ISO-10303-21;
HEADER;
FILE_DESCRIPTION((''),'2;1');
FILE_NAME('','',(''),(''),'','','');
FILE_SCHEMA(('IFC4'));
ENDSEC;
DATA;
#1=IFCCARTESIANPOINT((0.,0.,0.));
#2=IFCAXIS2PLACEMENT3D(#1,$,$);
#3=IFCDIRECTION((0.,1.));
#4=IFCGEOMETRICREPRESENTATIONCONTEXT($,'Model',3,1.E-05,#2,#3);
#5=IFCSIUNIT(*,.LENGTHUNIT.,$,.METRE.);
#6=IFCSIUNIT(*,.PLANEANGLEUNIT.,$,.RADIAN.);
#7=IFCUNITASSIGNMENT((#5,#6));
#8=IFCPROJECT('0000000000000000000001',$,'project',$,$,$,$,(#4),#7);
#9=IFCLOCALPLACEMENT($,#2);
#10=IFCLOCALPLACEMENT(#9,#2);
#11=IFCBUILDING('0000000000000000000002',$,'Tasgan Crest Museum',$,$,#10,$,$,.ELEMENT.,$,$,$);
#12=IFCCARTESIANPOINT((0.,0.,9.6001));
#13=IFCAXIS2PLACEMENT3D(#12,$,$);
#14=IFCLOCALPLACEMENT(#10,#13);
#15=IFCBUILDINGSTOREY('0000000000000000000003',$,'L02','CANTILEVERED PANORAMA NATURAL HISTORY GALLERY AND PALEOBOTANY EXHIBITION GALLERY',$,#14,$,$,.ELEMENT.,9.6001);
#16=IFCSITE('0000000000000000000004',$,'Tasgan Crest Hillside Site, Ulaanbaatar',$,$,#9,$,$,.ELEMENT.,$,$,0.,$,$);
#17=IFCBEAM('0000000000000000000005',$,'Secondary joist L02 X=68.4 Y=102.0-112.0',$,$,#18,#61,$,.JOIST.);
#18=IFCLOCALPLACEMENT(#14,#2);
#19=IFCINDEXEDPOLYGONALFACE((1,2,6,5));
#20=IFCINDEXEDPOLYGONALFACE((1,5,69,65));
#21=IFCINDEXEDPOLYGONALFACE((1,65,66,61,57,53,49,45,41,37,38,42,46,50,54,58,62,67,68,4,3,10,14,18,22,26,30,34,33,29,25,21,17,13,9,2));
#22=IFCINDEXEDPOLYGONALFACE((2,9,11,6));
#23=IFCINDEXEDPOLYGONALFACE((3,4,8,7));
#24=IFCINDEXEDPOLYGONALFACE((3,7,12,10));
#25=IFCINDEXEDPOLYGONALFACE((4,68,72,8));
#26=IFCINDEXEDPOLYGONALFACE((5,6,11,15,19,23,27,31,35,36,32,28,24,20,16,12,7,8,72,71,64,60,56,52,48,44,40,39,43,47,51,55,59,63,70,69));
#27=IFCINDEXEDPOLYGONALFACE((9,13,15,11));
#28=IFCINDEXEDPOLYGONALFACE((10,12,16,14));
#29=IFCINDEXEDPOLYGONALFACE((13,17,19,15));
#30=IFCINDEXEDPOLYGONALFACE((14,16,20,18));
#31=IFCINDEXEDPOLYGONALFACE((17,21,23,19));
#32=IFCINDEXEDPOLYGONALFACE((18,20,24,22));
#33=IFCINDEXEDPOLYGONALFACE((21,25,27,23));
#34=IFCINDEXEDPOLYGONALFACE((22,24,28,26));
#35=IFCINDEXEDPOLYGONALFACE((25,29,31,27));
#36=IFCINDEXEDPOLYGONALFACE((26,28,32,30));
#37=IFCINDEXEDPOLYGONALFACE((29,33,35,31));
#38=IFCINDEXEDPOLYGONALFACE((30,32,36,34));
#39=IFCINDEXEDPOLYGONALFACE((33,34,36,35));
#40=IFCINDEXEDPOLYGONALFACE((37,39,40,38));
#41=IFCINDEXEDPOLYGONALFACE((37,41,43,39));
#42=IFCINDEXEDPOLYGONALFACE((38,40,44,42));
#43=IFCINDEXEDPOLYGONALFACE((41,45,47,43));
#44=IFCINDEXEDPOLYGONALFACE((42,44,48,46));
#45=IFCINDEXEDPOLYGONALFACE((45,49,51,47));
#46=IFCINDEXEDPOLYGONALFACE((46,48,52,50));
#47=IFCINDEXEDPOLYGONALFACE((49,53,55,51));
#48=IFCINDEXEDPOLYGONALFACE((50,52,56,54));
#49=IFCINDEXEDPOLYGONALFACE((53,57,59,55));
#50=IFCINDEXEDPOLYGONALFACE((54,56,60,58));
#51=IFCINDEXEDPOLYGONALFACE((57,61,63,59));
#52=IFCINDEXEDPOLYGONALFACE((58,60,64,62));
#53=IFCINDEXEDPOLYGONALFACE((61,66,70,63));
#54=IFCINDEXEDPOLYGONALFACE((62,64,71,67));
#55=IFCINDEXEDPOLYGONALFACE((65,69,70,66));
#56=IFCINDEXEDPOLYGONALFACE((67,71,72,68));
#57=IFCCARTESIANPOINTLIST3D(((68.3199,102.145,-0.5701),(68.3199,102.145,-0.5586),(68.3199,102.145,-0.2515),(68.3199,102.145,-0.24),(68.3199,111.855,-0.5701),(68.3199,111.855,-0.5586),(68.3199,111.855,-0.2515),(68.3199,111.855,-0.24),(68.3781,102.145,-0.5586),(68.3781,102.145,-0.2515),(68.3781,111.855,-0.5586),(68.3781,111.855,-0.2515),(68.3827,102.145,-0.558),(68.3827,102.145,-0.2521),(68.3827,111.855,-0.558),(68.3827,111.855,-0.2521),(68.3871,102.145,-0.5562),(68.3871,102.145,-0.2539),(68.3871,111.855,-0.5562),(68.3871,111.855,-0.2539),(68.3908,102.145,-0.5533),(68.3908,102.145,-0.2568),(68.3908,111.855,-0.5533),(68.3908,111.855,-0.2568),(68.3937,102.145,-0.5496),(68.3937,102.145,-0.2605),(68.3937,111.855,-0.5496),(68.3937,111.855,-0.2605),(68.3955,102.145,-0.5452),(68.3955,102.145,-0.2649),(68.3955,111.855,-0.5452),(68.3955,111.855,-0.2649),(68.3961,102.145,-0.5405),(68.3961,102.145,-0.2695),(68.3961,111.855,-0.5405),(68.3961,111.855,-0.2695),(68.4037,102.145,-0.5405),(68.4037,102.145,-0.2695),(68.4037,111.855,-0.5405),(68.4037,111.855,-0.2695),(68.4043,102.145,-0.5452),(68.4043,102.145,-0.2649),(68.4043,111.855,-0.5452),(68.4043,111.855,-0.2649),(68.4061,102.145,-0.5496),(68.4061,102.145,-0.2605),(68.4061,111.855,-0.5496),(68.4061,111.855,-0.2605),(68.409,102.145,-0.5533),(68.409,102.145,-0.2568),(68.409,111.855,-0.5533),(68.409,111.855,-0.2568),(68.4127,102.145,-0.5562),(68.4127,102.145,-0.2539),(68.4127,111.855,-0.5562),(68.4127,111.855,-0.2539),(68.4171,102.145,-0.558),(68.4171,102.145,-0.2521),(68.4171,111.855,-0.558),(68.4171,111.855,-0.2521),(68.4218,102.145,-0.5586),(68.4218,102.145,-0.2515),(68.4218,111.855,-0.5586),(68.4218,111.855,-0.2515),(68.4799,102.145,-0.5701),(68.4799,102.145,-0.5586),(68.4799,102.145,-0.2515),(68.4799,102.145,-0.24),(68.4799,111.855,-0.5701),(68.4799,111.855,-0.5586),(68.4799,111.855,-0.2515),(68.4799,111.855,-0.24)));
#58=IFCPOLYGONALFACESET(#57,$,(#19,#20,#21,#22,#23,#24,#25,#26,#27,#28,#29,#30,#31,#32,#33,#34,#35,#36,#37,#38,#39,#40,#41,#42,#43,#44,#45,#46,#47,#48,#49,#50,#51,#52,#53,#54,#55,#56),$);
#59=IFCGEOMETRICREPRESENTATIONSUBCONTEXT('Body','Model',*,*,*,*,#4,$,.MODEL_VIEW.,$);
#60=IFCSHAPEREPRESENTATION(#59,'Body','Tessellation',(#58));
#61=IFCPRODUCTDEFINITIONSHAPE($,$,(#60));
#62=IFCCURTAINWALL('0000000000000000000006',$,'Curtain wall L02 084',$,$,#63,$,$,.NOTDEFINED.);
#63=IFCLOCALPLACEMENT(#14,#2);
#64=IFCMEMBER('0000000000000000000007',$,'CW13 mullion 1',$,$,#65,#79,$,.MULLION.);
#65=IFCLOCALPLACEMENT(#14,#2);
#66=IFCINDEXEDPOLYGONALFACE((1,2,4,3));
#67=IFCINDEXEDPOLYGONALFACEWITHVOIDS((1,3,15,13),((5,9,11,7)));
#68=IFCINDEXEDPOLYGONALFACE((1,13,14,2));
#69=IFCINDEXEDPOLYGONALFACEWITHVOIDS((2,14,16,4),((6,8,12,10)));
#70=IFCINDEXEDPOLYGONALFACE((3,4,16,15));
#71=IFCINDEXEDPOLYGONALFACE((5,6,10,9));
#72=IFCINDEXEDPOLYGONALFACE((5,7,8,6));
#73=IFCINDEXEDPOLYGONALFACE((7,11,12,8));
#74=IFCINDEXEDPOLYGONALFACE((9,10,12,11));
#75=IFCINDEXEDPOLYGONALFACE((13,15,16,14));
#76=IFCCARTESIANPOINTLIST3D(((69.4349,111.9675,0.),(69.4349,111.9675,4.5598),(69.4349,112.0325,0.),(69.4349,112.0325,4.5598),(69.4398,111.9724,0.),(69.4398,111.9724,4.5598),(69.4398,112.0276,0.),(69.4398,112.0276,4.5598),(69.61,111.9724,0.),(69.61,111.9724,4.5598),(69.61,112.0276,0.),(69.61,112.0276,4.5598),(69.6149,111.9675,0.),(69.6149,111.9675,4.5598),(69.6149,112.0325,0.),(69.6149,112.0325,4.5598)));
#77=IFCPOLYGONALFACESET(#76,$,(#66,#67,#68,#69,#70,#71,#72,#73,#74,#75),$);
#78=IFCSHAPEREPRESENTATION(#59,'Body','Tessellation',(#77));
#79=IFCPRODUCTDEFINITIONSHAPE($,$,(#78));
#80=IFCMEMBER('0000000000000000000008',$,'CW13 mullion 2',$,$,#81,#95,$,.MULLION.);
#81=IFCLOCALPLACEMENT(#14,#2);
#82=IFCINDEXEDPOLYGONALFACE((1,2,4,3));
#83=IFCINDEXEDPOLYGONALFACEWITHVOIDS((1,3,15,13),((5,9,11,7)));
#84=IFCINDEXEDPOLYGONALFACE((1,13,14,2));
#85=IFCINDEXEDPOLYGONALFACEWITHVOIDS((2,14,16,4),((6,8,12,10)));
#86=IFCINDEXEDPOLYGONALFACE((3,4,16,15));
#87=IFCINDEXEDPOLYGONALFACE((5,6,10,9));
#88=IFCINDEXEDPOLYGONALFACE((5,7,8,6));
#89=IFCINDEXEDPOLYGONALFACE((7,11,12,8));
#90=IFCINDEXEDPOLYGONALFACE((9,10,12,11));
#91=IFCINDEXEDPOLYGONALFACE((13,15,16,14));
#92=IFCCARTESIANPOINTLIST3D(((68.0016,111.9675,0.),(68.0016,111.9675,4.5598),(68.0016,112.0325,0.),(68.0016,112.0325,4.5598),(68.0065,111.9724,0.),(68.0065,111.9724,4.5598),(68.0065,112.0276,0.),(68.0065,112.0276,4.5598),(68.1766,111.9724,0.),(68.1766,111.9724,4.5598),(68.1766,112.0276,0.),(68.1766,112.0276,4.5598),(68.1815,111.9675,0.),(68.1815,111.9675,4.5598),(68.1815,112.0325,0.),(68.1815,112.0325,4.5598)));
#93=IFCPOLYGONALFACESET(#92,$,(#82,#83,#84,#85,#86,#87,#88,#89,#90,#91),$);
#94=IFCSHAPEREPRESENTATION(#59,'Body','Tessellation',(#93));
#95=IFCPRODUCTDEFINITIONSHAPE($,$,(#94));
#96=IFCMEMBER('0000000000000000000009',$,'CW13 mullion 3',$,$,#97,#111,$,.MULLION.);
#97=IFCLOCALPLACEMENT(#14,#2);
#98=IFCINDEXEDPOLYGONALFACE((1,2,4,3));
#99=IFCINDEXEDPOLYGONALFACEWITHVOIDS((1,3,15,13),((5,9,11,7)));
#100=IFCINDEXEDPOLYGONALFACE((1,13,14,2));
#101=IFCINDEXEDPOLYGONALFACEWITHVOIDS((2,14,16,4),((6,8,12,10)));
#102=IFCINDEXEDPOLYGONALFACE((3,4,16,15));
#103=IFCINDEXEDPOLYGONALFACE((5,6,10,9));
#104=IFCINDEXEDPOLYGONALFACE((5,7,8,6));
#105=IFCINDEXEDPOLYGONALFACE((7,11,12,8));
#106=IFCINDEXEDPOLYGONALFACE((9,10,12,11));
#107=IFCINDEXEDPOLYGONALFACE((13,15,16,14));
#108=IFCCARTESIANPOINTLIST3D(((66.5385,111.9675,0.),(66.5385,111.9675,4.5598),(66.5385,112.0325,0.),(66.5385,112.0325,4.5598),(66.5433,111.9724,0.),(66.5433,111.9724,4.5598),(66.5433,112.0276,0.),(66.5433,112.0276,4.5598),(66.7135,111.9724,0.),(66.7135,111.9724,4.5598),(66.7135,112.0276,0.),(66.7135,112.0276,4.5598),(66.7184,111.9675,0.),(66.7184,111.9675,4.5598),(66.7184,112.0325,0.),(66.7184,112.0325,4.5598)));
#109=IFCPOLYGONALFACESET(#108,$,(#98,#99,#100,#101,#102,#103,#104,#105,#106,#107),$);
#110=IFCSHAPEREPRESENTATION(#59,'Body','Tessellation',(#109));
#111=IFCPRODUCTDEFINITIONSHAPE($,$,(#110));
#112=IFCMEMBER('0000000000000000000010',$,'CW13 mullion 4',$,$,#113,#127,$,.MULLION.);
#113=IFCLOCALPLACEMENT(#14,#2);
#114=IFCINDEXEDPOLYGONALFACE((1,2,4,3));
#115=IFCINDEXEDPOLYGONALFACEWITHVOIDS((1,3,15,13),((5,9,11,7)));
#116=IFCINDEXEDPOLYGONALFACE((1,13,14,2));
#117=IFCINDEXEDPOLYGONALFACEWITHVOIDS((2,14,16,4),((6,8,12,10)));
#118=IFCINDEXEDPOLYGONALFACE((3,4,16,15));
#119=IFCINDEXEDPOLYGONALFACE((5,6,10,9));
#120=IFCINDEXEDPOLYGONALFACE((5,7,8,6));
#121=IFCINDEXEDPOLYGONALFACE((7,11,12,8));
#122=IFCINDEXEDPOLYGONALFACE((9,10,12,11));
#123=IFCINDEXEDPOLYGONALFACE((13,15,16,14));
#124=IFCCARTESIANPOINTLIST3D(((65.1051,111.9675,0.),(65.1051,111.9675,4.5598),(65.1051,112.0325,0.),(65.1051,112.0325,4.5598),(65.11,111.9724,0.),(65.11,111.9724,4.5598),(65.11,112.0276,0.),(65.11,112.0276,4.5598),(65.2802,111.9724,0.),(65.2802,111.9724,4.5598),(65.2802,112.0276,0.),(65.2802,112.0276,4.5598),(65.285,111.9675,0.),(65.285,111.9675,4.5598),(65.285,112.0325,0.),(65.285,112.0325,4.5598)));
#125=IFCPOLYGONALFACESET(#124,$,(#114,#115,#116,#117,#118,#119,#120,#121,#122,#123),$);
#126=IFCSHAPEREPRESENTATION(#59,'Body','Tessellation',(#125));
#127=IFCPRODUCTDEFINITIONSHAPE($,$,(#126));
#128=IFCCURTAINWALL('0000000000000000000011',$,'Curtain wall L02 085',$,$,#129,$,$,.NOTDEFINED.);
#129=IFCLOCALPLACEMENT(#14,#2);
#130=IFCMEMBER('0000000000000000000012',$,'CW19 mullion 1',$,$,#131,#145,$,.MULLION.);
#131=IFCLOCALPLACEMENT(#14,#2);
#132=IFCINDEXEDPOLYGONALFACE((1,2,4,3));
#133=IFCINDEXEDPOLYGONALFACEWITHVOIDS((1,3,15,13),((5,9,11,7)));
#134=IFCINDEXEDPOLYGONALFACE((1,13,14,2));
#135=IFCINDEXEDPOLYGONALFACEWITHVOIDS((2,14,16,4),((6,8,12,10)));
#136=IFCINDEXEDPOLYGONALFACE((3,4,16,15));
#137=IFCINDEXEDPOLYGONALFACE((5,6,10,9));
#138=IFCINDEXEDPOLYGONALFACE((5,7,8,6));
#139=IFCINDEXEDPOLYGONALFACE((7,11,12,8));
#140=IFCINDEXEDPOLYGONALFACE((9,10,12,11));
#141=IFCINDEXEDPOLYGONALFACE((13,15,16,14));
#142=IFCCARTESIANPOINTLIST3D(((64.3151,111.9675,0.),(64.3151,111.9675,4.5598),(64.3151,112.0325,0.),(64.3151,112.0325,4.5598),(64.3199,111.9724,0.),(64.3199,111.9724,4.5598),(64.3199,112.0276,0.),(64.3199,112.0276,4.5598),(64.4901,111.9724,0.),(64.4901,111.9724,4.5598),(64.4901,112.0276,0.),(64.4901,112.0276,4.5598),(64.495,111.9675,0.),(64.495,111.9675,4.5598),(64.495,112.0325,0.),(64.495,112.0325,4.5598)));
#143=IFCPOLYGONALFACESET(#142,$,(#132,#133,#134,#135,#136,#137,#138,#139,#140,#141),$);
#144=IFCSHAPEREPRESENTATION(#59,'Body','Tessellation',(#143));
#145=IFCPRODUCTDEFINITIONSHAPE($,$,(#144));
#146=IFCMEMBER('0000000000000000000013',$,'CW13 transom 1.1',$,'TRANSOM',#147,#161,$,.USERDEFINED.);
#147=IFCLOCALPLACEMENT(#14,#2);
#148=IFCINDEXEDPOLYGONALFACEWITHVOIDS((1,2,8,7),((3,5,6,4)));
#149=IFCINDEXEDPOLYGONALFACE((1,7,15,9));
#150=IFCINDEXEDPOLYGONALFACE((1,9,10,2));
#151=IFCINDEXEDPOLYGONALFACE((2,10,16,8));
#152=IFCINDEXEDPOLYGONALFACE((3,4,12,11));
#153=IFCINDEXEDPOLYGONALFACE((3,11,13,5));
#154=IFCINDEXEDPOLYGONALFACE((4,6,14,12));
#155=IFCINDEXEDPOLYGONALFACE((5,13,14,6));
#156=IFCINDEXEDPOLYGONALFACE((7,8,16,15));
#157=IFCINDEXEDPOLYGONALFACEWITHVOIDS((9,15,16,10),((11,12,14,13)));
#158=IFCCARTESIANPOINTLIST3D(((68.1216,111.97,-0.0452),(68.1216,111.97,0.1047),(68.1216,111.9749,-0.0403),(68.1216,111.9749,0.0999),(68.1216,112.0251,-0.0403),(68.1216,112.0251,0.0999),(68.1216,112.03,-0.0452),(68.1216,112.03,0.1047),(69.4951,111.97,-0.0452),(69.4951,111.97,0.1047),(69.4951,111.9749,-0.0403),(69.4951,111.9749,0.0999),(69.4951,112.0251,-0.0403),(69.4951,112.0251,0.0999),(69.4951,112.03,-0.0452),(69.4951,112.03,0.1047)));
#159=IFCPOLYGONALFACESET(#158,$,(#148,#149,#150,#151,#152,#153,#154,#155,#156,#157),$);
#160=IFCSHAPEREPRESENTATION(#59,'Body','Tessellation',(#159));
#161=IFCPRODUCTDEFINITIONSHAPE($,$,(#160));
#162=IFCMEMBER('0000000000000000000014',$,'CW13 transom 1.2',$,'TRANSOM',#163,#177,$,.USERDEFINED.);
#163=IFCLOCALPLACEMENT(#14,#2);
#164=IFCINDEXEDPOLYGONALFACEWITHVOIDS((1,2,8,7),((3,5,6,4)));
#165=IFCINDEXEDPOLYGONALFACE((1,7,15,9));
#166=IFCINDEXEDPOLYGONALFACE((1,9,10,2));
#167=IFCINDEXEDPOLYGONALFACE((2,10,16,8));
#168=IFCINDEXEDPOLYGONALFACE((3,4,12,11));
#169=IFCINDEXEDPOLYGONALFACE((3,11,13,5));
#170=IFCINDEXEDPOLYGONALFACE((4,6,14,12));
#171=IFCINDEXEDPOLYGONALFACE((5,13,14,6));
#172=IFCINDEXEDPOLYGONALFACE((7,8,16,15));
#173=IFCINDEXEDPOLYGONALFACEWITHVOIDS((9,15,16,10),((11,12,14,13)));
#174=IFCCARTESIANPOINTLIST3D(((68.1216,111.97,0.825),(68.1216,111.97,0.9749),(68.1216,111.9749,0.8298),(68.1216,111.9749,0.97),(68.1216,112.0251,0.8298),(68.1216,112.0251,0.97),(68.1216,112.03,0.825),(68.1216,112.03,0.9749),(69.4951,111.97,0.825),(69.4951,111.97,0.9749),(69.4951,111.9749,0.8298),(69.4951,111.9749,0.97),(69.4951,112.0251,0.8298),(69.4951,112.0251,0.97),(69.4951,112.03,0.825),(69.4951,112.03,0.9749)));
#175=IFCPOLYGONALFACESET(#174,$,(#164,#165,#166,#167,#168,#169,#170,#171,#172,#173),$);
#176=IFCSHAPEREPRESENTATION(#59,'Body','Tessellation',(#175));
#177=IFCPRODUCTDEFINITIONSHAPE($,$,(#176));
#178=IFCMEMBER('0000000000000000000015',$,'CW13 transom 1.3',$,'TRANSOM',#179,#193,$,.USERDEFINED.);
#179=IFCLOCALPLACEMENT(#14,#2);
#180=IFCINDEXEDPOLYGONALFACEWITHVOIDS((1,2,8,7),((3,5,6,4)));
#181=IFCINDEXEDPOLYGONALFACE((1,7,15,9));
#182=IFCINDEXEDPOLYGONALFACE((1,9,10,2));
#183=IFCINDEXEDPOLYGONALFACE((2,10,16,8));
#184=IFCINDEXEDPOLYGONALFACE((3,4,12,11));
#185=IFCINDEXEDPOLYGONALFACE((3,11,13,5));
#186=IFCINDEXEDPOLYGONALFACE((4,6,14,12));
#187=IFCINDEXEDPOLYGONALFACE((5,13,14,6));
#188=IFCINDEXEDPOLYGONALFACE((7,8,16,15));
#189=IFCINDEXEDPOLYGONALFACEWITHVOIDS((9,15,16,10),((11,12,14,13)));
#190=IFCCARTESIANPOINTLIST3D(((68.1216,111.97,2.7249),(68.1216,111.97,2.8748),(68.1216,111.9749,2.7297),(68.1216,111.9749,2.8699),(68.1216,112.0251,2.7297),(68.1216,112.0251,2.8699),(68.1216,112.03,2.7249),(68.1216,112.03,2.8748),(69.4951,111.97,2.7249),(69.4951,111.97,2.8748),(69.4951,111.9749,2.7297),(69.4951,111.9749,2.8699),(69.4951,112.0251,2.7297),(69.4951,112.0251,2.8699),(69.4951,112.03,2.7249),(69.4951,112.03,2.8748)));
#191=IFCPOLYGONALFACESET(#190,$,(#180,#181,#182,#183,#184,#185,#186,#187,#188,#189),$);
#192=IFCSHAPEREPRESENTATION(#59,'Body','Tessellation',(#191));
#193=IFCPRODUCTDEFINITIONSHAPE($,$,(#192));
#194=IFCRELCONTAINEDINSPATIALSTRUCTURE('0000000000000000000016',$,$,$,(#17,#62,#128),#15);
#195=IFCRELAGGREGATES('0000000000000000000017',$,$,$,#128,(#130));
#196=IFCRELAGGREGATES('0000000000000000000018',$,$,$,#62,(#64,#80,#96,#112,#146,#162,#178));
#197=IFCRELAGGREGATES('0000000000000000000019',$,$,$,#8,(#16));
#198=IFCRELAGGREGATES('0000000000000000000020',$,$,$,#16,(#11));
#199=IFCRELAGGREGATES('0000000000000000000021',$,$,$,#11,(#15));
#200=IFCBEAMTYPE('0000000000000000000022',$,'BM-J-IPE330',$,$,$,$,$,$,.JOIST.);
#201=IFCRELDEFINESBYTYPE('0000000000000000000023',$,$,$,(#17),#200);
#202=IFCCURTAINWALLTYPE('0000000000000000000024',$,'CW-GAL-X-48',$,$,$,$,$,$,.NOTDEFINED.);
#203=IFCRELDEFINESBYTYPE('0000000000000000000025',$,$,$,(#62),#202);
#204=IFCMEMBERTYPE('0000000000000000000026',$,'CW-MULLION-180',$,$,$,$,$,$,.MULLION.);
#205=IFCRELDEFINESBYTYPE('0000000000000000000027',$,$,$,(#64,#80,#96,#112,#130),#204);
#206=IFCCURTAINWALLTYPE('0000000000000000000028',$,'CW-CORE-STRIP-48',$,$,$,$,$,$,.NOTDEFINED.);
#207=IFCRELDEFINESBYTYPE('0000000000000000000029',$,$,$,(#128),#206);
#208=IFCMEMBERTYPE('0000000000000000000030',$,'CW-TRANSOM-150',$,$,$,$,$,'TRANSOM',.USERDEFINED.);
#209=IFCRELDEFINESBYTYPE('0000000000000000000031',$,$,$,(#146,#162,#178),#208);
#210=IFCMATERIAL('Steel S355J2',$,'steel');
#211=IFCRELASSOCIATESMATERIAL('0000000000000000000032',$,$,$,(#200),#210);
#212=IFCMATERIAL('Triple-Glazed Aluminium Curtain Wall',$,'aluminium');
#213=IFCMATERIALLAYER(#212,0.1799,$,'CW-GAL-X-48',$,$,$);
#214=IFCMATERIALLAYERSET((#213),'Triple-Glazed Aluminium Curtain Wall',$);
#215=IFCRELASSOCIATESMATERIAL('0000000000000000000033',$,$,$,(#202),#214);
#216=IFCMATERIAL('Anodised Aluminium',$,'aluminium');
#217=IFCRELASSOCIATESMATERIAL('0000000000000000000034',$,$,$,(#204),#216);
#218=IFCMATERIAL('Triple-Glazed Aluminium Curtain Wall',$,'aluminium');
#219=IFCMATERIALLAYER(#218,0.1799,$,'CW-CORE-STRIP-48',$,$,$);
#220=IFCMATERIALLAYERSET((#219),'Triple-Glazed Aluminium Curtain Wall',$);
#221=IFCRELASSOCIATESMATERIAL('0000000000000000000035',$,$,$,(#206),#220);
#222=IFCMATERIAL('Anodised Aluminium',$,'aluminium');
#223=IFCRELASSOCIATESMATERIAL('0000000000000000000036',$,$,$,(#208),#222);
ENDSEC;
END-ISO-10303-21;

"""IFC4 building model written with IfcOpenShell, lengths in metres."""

from ifc_helpers import new_model, si_unit, direction, frame, origin, origin_2d, place, context, subcontext, project, spatial, hollow_rectangle, i_section, extrude, material, layer, layer_set, material_profile, profile_set, type_object, element, aggregate, save


model = new_model("IFC4")

# Units and contexts
model_context = context("Model", 3, precision=1e-05, world=origin(), true_north=direction((0.0, 1.0)))
body_context = subcontext(model_context, "Body", "Model", "MODEL_VIEW")
ifc_project = project(units=[si_unit("LENGTHUNIT", "METRE"), si_unit("PLANEANGLEUNIT", "RADIAN")], contexts=[model_context])

# Site, building, storey
site_placement = place(None, origin())
site = spatial("IfcSite", under=ifc_project, at=site_placement, Name="Tasgan Crest Hillside Site, Ulaanbaatar", CompositionType="ELEMENT", RefElevation=0.0)
building_placement = place(site_placement, origin())
building = spatial("IfcBuilding", under=site, at=building_placement, Name="Tasgan Crest Museum", CompositionType="ELEMENT")
storey_placement = place(building_placement, frame((0.0, 0.0, 9.6001)))
storey = spatial("IfcBuildingStorey", under=building, at=storey_placement, Name="L02", Description="CANTILEVERED PANORAMA NATURAL HISTORY GALLERY AND PALEOBOTANY EXHIBITION GALLERY", CompositionType="ELEMENT", Elevation=9.6001)

# Beam
ifc_material_1 = material(Name="Steel S355J2", Category="steel")
ifc_material_profile_1 = material_profile(ifc_material_1, i_section(OverallWidth=0.1599, OverallDepth=0.3301, WebThickness=0.0076, FlangeThickness=0.0115, FilletRadius=0.0181, at=origin_2d()), Name="IPE 330")
ifc_profile_set_1 = profile_set([ifc_material_profile_1], Name="Steel S355J2")
beam_type_1 = type_object("IfcBeamType", Name="BM-J-IPE330", PredefinedType="JOIST", material=ifc_profile_set_1)
beam_1_placement = place(storey_placement, frame((68.3999, 102.145, -0.405), z_axis=(0.0, 1.0, 0.0), x_axis=(-1.0, 0.0, 0.0)))
element("IfcBeam", 1, at=beam_1_placement, inside=storey, type_object=beam_type_1, Name="Secondary joist L02 X=68.4 Y=102.0-112.0", PredefinedType="JOIST", context=body_context, shape_type="SweptSolid", body=[
    extrude(i_section(OverallWidth=0.1599, OverallDepth=0.3301, WebThickness=0.0076, FlangeThickness=0.0115, FilletRadius=0.0181, at=origin_2d()), origin(), (0.0, 0.0, 1.0), 9.71),
])

# Curtain wall, members
ifc_material_2 = material(Name="Triple-Glazed Aluminium Curtain Wall", Category="aluminium")
ifc_layer_1 = layer(ifc_material_2, 0.1799, Name="CW-GAL-X-48")
ifc_layer_set_1 = layer_set([ifc_layer_1], Name="Triple-Glazed Aluminium Curtain Wall")
curtain_wall_type_1 = type_object("IfcCurtainWallType", Name="CW-GAL-X-48", PredefinedType="NOTDEFINED", material=ifc_layer_set_1)
curtain_wall_1_placement = place(storey_placement, origin())
curtain_wall_1 = element("IfcCurtainWall", 2, at=curtain_wall_1_placement, inside=storey, type_object=curtain_wall_type_1, Name="Curtain wall L02 084", PredefinedType="NOTDEFINED")
ifc_material_3 = material(Name="Anodised Aluminium", Category="aluminium")
ifc_material_profile_2 = material_profile(ifc_material_3, hollow_rectangle(XDim=0.0649, YDim=0.1799, WallThickness=0.0049, at=origin_2d()), Name="ALU MULLION 180x65x5")
ifc_profile_set_2 = profile_set([ifc_material_profile_2], Name="Anodised Aluminium")
member_type_1 = type_object("IfcMemberType", Name="CW-MULLION-180", PredefinedType="MULLION", material=ifc_profile_set_2)
member_1_placement = place(storey_placement, frame((69.5249, 112.0, 0.0), z_axis=(0.0, 0.0, 1.0), x_axis=(0.0, -1.0, 0.0)))
member_1 = element("IfcMember", 3, at=member_1_placement, type_object=member_type_1, Name="CW13 mullion 1", PredefinedType="MULLION", context=body_context, shape_type="SweptSolid", body=[
    extrude(hollow_rectangle(XDim=0.0649, YDim=0.1799, WallThickness=0.0049, at=origin_2d()), origin(), (0.0, 0.0, 1.0), 4.5598),
])
member_2_placement = place(storey_placement, frame((68.0916, 112.0, 0.0), z_axis=(0.0, 0.0, 1.0), x_axis=(0.0, -1.0, 0.0)))
member_2 = element("IfcMember", 4, at=member_2_placement, type_object=member_type_1, Name="CW13 mullion 2", PredefinedType="MULLION", context=body_context, shape_type="SweptSolid", body=[
    extrude(hollow_rectangle(XDim=0.0649, YDim=0.1799, WallThickness=0.0049, at=origin_2d()), origin(), (0.0, 0.0, 1.0), 4.5598),
])
member_3_placement = place(storey_placement, frame((66.6284, 112.0, 0.0), z_axis=(0.0, 0.0, 1.0), x_axis=(0.0, -1.0, 0.0)))
member_3 = element("IfcMember", 5, at=member_3_placement, type_object=member_type_1, Name="CW13 mullion 3", PredefinedType="MULLION", context=body_context, shape_type="SweptSolid", body=[
    extrude(hollow_rectangle(XDim=0.0649, YDim=0.1799, WallThickness=0.0049, at=origin_2d()), origin(), (0.0, 0.0, 1.0), 4.5598),
])
member_4_placement = place(storey_placement, frame((65.1951, 112.0, 0.0), z_axis=(0.0, 0.0, 1.0), x_axis=(0.0, -1.0, 0.0)))
member_4 = element("IfcMember", 6, at=member_4_placement, type_object=member_type_1, Name="CW13 mullion 4", PredefinedType="MULLION", context=body_context, shape_type="SweptSolid", body=[
    extrude(hollow_rectangle(XDim=0.0649, YDim=0.1799, WallThickness=0.0049, at=origin_2d()), origin(), (0.0, 0.0, 1.0), 4.5598),
])

# Curtain wall, member
ifc_material_4 = material(Name="Triple-Glazed Aluminium Curtain Wall", Category="aluminium")
ifc_layer_2 = layer(ifc_material_4, 0.1799, Name="CW-CORE-STRIP-48")
ifc_layer_set_2 = layer_set([ifc_layer_2], Name="Triple-Glazed Aluminium Curtain Wall")
curtain_wall_type_2 = type_object("IfcCurtainWallType", Name="CW-CORE-STRIP-48", PredefinedType="NOTDEFINED", material=ifc_layer_set_2)
curtain_wall_2_placement = place(storey_placement, origin())
curtain_wall_2 = element("IfcCurtainWall", 7, at=curtain_wall_2_placement, inside=storey, type_object=curtain_wall_type_2, Name="Curtain wall L02 085", PredefinedType="NOTDEFINED")
member_5_placement = place(storey_placement, frame((64.405, 112.0, 0.0), z_axis=(0.0, 0.0, 1.0), x_axis=(0.0, -1.0, 0.0)))
member_5 = element("IfcMember", 8, at=member_5_placement, type_object=member_type_1, Name="CW19 mullion 1", PredefinedType="MULLION", context=body_context, shape_type="SweptSolid", body=[
    extrude(hollow_rectangle(XDim=0.0649, YDim=0.1799, WallThickness=0.0049, at=origin_2d()), origin(), (0.0, 0.0, 1.0), 4.5598),
])

# Members
ifc_material_5 = material(Name="Anodised Aluminium", Category="aluminium")
ifc_material_profile_3 = material_profile(ifc_material_5, hollow_rectangle(XDim=0.0601, YDim=0.1499, WallThickness=0.0049, at=origin_2d()), Name="ALU TRANSOM 150x60x5")
ifc_profile_set_3 = profile_set([ifc_material_profile_3], Name="Anodised Aluminium")
member_type_2 = type_object("IfcMemberType", Name="CW-TRANSOM-150", ElementType="TRANSOM", PredefinedType="USERDEFINED", material=ifc_profile_set_3)
member_6_placement = place(storey_placement, frame((69.4951, 112.0, 0.0298), z_axis=(-1.0, 0.0, 0.0), x_axis=(0.0, -1.0, 0.0)))
member_6 = element("IfcMember", 9, at=member_6_placement, type_object=member_type_2, Name="CW13 transom 1.1", ObjectType="TRANSOM", PredefinedType="USERDEFINED", context=body_context, shape_type="SweptSolid", body=[
    extrude(hollow_rectangle(XDim=0.0601, YDim=0.1499, WallThickness=0.0049, at=origin_2d()), origin(), (0.0, 0.0, 1.0), 1.3735),
])
member_7_placement = place(storey_placement, frame((69.4951, 112.0, 0.8999), z_axis=(-1.0, 0.0, 0.0), x_axis=(0.0, -1.0, 0.0)))
member_7 = element("IfcMember", 10, at=member_7_placement, type_object=member_type_2, Name="CW13 transom 1.2", ObjectType="TRANSOM", PredefinedType="USERDEFINED", context=body_context, shape_type="SweptSolid", body=[
    extrude(hollow_rectangle(XDim=0.0601, YDim=0.1499, WallThickness=0.0049, at=origin_2d()), origin(), (0.0, 0.0, 1.0), 1.3735),
])
member_8_placement = place(storey_placement, frame((69.4951, 112.0, 2.7998), z_axis=(-1.0, 0.0, 0.0), x_axis=(0.0, -1.0, 0.0)))
member_8 = element("IfcMember", 11, at=member_8_placement, type_object=member_type_2, Name="CW13 transom 1.3", ObjectType="TRANSOM", PredefinedType="USERDEFINED", context=body_context, shape_type="SweptSolid", body=[
    extrude(hollow_rectangle(XDim=0.0601, YDim=0.1499, WallThickness=0.0049, at=origin_2d()), origin(), (0.0, 0.0, 1.0), 1.3735),
])
aggregate(curtain_wall_2, [member_5])

aggregate(curtain_wall_1, [member_1, member_2, member_3, member_4, member_6, member_7, member_8])

save(model, "model.ifc")
